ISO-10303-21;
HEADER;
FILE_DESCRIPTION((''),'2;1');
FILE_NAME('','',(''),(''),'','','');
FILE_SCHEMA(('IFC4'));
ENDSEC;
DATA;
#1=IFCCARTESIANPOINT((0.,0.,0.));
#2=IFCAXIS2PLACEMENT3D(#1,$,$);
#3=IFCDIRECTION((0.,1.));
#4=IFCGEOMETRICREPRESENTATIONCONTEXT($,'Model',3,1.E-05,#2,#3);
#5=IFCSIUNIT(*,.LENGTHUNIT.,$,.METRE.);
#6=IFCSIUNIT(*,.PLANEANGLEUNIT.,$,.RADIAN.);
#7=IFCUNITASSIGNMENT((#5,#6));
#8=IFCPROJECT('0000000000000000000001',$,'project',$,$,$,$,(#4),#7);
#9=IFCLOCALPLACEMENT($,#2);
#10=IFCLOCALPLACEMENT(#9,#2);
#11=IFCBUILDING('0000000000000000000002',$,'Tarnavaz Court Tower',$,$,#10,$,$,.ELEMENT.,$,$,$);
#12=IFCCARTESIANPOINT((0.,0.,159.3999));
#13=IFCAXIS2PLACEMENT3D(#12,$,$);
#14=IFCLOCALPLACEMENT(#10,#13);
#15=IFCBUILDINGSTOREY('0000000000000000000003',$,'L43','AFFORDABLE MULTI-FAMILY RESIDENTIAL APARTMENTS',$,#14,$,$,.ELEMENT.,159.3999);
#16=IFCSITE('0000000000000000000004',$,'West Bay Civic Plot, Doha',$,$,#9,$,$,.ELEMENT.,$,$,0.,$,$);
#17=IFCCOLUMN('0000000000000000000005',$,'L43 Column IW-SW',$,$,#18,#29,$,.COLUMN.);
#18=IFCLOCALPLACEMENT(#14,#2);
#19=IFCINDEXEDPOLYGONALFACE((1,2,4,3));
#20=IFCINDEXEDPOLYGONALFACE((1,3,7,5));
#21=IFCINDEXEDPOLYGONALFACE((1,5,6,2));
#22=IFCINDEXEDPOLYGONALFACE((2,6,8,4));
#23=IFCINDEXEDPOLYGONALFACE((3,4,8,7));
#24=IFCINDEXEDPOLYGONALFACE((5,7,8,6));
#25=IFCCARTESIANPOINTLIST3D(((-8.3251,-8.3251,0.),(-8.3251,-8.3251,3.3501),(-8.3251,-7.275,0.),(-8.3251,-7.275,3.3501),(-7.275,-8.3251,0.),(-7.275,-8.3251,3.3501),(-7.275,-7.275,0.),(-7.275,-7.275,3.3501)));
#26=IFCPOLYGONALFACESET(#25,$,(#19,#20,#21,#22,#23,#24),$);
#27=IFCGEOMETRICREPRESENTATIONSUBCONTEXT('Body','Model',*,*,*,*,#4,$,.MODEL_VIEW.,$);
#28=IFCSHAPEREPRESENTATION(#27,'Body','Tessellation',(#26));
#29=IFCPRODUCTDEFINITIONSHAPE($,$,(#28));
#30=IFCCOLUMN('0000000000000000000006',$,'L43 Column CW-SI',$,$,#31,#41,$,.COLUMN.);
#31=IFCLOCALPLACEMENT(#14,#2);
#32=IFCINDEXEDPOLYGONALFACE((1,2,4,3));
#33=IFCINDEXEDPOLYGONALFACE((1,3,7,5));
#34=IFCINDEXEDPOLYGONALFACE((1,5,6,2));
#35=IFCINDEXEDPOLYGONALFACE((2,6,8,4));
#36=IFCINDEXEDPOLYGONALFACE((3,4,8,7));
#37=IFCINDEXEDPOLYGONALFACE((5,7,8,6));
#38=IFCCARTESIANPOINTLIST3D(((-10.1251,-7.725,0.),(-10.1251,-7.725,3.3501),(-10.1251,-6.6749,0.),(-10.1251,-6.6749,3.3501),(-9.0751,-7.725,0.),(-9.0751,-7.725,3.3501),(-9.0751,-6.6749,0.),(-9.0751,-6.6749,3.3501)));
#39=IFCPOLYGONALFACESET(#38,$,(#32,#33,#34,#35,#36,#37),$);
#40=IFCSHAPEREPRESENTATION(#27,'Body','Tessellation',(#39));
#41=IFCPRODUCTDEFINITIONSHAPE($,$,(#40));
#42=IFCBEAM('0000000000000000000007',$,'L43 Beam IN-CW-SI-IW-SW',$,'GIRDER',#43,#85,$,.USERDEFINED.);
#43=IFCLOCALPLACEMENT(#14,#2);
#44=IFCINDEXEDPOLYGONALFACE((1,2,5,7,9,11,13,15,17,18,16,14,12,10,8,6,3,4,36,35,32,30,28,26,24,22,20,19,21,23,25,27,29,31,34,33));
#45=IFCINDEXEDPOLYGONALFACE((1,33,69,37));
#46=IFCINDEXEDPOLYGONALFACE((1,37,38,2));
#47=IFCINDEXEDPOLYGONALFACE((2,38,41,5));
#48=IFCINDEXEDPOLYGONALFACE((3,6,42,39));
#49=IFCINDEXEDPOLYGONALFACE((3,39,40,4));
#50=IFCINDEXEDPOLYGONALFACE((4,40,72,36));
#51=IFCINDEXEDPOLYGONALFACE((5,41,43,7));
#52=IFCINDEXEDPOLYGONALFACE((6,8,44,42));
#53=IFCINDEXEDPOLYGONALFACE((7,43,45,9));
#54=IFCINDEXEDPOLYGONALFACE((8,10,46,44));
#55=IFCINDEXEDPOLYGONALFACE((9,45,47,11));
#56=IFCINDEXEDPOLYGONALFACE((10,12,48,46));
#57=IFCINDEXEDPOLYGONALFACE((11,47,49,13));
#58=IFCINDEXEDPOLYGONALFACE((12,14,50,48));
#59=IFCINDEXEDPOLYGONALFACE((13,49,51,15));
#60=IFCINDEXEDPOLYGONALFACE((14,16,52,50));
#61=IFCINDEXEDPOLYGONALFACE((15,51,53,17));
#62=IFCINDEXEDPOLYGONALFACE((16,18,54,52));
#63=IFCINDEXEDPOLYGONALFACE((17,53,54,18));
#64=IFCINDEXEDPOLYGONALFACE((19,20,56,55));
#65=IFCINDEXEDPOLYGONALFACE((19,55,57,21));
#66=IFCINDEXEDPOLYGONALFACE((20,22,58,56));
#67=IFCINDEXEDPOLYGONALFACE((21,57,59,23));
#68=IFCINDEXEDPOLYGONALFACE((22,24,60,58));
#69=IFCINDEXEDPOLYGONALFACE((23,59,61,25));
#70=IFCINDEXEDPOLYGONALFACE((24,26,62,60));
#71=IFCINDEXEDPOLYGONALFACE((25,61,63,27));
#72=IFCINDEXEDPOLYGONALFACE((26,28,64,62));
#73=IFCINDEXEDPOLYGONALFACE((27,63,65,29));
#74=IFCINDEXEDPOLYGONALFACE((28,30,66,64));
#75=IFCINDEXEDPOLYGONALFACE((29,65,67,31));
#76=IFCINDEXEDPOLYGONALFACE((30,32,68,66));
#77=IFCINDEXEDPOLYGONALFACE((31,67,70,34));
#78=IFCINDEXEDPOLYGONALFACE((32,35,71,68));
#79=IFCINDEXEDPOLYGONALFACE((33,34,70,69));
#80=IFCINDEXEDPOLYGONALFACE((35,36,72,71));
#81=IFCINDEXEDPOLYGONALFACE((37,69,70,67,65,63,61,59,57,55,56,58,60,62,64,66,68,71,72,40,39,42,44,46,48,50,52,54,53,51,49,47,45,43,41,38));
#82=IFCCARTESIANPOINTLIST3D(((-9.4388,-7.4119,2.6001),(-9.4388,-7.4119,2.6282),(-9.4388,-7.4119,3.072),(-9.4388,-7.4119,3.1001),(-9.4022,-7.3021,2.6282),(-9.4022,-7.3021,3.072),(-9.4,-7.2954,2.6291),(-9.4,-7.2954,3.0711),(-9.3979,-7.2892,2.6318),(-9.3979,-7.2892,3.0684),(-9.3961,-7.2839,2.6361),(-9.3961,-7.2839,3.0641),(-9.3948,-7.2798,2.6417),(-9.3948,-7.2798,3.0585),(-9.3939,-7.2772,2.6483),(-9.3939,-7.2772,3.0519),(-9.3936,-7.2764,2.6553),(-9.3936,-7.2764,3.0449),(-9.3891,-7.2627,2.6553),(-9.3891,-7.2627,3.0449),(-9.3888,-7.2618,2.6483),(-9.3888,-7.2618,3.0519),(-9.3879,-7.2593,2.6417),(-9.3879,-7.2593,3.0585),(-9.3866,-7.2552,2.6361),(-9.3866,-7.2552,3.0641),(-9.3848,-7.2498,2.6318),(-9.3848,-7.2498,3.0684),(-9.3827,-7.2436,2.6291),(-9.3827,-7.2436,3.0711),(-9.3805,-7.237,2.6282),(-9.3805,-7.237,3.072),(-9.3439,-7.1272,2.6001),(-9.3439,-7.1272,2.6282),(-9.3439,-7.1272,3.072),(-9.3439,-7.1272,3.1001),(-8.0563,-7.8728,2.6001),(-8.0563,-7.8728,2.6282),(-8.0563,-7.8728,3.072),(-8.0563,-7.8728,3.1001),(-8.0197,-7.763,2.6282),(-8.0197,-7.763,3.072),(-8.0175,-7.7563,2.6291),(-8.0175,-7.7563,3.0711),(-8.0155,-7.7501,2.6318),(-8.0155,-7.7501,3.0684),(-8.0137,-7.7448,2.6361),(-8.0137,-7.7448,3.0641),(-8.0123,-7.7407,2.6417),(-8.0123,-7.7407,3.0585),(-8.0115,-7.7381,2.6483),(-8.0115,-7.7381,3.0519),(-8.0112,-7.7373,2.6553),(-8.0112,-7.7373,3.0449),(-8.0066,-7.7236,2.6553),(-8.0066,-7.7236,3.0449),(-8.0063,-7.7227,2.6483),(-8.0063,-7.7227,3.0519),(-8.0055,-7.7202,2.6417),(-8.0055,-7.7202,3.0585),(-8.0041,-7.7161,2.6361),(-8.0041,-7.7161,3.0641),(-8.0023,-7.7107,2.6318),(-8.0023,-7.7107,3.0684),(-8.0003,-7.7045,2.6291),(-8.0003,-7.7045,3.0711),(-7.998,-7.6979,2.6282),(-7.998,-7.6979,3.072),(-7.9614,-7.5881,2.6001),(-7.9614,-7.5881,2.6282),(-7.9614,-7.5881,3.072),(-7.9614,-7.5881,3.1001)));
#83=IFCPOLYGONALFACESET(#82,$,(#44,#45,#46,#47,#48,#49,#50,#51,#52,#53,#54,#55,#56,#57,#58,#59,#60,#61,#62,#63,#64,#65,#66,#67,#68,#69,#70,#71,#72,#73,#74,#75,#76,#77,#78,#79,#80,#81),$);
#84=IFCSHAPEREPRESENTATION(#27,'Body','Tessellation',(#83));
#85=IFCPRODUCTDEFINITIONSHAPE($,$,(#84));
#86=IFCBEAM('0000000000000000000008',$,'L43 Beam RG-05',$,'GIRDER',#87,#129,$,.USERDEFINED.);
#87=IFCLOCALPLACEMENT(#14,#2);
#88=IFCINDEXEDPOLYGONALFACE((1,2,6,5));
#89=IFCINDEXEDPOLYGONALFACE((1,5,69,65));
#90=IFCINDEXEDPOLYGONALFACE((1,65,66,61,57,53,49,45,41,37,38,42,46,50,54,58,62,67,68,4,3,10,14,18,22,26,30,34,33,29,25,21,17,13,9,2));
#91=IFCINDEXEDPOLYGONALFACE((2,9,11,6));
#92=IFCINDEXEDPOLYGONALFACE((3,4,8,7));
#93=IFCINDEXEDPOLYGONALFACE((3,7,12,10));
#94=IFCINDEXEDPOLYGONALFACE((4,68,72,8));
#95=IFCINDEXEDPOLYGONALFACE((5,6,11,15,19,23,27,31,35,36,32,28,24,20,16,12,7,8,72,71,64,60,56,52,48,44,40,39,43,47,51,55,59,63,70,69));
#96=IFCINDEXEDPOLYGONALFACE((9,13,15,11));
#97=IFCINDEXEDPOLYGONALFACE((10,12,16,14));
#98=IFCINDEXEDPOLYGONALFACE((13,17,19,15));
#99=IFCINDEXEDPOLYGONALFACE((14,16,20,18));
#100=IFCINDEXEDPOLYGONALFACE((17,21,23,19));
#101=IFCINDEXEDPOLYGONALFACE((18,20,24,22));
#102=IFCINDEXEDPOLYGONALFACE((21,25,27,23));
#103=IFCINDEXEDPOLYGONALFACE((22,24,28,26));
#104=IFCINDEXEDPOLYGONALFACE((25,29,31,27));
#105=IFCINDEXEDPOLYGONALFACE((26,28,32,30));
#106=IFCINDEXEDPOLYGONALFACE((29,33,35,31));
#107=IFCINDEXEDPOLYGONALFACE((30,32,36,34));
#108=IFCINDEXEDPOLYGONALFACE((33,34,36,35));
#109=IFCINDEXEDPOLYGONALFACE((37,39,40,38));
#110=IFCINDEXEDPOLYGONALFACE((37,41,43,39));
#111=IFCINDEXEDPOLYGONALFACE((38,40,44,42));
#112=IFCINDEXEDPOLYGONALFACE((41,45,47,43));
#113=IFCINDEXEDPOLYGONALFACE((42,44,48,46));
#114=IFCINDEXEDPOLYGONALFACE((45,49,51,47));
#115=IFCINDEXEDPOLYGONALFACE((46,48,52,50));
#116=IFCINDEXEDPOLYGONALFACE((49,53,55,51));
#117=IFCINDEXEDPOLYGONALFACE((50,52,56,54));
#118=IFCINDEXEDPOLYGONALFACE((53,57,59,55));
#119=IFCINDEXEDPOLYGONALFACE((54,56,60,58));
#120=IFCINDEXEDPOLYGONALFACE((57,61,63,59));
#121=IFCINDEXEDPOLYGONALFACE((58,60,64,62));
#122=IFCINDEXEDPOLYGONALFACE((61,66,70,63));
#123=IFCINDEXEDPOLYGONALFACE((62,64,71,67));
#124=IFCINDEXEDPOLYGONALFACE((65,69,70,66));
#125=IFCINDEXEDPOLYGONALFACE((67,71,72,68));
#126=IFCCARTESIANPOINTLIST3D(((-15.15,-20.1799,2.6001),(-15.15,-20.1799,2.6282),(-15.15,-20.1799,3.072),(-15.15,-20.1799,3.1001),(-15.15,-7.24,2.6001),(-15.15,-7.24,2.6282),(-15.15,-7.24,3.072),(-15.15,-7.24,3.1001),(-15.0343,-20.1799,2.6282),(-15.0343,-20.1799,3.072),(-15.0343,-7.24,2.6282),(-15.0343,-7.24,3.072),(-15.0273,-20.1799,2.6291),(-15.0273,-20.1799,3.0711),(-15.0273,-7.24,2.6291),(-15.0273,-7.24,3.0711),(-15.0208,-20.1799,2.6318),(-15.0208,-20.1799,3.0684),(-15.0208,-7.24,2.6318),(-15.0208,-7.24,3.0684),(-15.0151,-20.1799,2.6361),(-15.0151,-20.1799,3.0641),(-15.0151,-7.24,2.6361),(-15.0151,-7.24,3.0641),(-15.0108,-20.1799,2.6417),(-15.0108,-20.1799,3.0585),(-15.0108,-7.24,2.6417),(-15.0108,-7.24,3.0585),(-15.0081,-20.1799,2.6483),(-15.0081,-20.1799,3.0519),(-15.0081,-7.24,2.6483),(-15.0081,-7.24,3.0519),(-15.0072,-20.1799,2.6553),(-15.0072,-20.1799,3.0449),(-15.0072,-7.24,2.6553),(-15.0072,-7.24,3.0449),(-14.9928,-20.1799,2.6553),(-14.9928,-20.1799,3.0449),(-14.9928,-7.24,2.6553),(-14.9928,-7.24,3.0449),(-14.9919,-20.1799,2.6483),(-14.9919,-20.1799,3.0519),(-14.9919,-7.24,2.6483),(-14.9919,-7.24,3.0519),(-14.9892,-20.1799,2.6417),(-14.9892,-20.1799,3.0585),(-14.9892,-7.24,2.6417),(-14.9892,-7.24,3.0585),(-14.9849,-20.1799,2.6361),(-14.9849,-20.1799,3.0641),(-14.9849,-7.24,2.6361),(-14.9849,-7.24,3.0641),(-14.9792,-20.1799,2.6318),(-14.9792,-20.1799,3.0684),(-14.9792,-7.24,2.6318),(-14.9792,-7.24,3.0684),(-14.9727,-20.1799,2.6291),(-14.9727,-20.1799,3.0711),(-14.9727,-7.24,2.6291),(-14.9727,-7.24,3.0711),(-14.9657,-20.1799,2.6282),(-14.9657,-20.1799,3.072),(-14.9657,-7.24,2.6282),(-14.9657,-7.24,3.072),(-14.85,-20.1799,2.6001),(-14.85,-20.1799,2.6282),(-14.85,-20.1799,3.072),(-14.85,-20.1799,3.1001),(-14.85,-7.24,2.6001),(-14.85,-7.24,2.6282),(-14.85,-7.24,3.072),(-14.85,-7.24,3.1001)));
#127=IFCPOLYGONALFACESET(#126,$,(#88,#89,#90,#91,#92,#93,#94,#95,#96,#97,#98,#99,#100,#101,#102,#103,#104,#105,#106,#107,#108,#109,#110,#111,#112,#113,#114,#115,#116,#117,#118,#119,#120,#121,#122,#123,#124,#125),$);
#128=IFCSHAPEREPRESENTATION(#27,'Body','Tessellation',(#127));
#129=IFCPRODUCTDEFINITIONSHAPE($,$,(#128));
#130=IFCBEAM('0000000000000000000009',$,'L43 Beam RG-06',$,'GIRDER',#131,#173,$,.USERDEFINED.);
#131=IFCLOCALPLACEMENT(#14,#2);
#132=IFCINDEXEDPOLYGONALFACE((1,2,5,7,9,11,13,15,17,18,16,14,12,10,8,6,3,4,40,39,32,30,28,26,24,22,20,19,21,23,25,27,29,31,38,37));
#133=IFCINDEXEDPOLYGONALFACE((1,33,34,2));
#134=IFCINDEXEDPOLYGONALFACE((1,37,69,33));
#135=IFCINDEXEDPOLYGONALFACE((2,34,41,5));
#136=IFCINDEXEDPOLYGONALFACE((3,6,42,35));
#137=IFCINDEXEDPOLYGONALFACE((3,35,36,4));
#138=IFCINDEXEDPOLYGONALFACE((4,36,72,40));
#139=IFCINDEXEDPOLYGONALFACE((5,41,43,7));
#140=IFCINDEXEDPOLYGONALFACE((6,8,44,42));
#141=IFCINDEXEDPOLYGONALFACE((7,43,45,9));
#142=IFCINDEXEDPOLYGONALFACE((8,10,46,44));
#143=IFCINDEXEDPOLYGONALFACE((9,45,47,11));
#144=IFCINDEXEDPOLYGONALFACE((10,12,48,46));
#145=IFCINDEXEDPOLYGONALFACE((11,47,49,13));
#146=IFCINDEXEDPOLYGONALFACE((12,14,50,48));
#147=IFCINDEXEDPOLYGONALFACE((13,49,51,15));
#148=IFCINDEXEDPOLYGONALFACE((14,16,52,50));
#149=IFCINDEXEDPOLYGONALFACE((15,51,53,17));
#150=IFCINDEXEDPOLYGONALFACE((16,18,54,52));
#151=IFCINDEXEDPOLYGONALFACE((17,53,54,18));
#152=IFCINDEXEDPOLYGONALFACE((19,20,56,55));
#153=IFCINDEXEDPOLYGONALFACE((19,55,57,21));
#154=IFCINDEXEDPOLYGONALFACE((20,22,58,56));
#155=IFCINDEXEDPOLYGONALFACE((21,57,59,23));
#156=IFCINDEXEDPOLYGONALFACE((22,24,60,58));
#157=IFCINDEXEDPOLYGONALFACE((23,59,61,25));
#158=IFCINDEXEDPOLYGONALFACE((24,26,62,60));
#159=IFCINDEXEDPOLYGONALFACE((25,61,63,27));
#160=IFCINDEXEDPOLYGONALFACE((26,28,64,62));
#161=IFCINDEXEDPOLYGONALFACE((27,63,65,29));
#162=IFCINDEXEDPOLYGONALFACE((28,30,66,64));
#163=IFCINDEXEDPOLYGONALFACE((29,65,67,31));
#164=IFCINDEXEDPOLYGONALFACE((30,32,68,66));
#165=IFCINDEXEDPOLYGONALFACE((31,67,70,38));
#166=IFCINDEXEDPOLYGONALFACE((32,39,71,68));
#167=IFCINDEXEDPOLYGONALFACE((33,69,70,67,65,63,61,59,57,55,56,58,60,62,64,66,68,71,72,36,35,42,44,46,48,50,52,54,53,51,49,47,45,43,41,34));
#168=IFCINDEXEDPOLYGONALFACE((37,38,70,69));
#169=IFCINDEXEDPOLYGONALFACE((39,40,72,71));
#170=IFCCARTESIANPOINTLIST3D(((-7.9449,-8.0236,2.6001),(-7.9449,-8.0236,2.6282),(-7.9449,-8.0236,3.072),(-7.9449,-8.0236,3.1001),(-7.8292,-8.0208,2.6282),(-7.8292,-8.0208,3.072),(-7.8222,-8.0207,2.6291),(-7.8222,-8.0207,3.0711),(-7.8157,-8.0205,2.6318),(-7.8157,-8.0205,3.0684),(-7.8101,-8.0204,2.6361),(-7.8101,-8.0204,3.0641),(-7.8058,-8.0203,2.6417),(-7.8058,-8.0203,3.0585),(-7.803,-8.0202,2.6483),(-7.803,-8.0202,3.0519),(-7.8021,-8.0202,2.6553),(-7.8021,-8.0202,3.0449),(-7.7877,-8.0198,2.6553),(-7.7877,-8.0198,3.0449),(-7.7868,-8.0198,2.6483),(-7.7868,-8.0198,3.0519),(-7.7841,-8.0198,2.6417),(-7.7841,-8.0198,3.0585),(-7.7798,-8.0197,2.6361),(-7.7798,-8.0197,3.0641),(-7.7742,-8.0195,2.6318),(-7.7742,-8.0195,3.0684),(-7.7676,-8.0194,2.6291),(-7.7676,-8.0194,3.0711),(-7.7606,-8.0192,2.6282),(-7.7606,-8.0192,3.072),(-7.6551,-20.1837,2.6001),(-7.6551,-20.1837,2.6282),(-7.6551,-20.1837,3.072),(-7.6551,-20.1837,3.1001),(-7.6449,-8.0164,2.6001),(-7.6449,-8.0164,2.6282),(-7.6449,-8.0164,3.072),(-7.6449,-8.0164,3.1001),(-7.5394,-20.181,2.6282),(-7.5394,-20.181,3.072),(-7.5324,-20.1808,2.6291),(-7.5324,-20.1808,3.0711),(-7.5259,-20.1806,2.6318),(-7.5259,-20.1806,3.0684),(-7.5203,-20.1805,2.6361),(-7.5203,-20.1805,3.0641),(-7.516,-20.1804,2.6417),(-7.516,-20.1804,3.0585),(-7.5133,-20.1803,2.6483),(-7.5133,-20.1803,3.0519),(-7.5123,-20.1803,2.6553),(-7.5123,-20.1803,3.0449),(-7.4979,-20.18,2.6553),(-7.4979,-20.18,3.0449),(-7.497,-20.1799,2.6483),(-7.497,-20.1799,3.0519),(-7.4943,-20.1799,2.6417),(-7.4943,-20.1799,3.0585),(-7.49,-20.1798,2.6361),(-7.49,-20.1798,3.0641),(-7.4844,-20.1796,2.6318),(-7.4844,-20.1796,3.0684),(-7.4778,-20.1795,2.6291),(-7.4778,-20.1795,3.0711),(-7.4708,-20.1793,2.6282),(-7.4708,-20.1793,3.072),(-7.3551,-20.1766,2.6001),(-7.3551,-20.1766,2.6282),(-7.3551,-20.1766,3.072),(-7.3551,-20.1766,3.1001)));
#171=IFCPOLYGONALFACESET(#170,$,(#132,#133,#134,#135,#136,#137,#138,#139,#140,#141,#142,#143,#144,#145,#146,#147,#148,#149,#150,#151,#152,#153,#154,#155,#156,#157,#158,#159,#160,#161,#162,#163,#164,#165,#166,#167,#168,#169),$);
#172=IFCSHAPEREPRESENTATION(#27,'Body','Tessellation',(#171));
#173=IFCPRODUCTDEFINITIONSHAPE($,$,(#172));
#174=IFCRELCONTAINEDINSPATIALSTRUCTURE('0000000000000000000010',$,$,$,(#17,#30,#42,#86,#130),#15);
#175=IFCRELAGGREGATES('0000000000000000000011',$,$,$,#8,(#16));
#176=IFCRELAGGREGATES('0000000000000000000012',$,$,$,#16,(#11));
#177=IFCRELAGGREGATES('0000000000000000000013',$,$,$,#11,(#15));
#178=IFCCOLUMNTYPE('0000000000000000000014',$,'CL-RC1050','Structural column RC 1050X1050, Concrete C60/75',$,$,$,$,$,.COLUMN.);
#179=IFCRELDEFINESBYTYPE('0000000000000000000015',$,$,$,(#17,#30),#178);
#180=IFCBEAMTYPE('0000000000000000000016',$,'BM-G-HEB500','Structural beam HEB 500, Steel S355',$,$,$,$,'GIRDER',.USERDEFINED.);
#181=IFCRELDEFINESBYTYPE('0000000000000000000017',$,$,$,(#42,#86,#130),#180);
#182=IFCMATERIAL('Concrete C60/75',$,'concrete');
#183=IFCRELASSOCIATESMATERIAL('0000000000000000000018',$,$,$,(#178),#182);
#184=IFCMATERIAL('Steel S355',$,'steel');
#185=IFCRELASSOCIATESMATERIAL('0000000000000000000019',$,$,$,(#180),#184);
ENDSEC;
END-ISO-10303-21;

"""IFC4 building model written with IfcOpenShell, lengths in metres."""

from ifc_helpers import new_model, si_unit, direction, frame, origin, origin_2d, place, context, subcontext, project, spatial, rectangle, i_section, extrude, material, material_profile, profile_set, type_object, element, save


model = new_model("IFC4")

# Units and contexts
model_context = context("Model", 3, precision=1e-05, world=origin(), true_north=direction((0.0, 1.0)))
body_context = subcontext(model_context, "Body", "Model", "MODEL_VIEW")
ifc_project = project(units=[si_unit("LENGTHUNIT", "METRE"), si_unit("PLANEANGLEUNIT", "RADIAN")], contexts=[model_context])

# Site, building, storey
site_placement = place(None, origin())
site = spatial("IfcSite", under=ifc_project, at=site_placement, Name="West Bay Civic Plot, Doha", CompositionType="ELEMENT", RefElevation=0.0)
building_placement = place(site_placement, origin())
building = spatial("IfcBuilding", under=site, at=building_placement, Name="Tarnavaz Court Tower", CompositionType="ELEMENT")
storey_placement = place(building_placement, frame((0.0, 0.0, 159.3999)))
storey = spatial("IfcBuildingStorey", under=building, at=storey_placement, Name="L43", Description="AFFORDABLE MULTI-FAMILY RESIDENTIAL APARTMENTS", CompositionType="ELEMENT", Elevation=159.3999)

# Columns
ifc_material_1 = material(Name="Concrete C60/75", Category="concrete")
ifc_material_profile_1 = material_profile(ifc_material_1, rectangle(XDim=1.05, YDim=1.05, at=origin_2d()), Name="RC 1050X1050")
ifc_profile_set_1 = profile_set([ifc_material_profile_1], Name="Concrete C60/75")
column_type = type_object("IfcColumnType", Name="CL-RC1050", Description="Structural column RC 1050X1050, Concrete C60/75", PredefinedType="COLUMN", material=ifc_profile_set_1)
for number, where, z_axis, x_axis, name in (
    (1, (-7.8, -7.8, 0.0), (0.0, 0.0, 1.0), (1.0, 0.0, 0.0), "L43 Column IW-SW"),
    (2, (-9.6001, -7.2, 0.0), (0.0, 0.0, 1.0), (1.0, 0.0, 0.0), "L43 Column CW-SI"),
):
    element("IfcColumn", number, at=place(storey_placement, frame(where, z_axis=z_axis, x_axis=x_axis)), inside=storey, type_object=column_type, Name=name, PredefinedType="COLUMN", context=body_context, shape_type="SweptSolid", body=[
        extrude(rectangle(XDim=1.05, YDim=1.05, at=origin_2d()), origin(), (0.0, 0.0, 1.0), 3.3501),
    ])

# Beams
ifc_material_2 = material(Name="Steel S355", Category="steel")
ifc_material_profile_2 = material_profile(ifc_material_2, i_section(OverallWidth=0.3, OverallDepth=0.5, WebThickness=0.0144, FlangeThickness=0.0281, FilletRadius=0.0271, at=origin_2d()), Name="HEB 500")
ifc_profile_set_2 = profile_set([ifc_material_profile_2], Name="Steel S355")
beam_type_1 = type_object("IfcBeamType", Name="BM-G-HEB500", Description="Structural beam HEB 500, Steel S355", ElementType="GIRDER", PredefinedType="USERDEFINED", material=ifc_profile_set_2)
beam_1_placement = place(storey_placement, frame((-9.3914, -7.2695, 2.8501), z_axis=(0.948667, -0.316278, 0.0), x_axis=(0.316278, 0.948667, 0.0)))
element("IfcBeam", 3, at=beam_1_placement, inside=storey, type_object=beam_type_1, Name="L43 Beam IN-CW-SI-IW-SW", ObjectType="GIRDER", PredefinedType="USERDEFINED", context=body_context, shape_type="SweptSolid", body=[
    extrude(i_section(OverallWidth=0.3, OverallDepth=0.5, WebThickness=0.0144, FlangeThickness=0.0281, FilletRadius=0.0271, at=origin_2d()), origin(), (0.0, 0.0, 1.0), 1.4573),
])
beam_2_placement = place(storey_placement, frame((-15.0, -7.24, 2.8501), z_axis=(0.0, -1.0, 0.0), x_axis=(1.0, 0.0, 0.0)))
element("IfcBeam", 4, at=beam_2_placement, inside=storey, type_object=beam_type_1, Name="L43 Beam RG-05", ObjectType="GIRDER", PredefinedType="USERDEFINED", context=body_context, shape_type="SweptSolid", body=[
    extrude(i_section(OverallWidth=0.3, OverallDepth=0.5, WebThickness=0.0144, FlangeThickness=0.0281, FilletRadius=0.0271, at=origin_2d()), origin(), (0.0, 0.0, 1.0), 12.9399),
])
beam_3_placement = place(storey_placement, frame((-7.7949, -8.02, 2.8501), z_axis=(0.023825, -0.999716, 0.0), x_axis=(0.999716, 0.023825, 0.0)))
element("IfcBeam", 5, at=beam_3_placement, inside=storey, type_object=beam_type_1, Name="L43 Beam RG-06", ObjectType="GIRDER", PredefinedType="USERDEFINED", context=body_context, shape_type="SweptSolid", body=[
    extrude(i_section(OverallWidth=0.3, OverallDepth=0.5, WebThickness=0.0144, FlangeThickness=0.0281, FilletRadius=0.0271, at=origin_2d()), origin(), (0.0, 0.0, 1.0), 12.1636),
])

save(model, "model.ifc")
